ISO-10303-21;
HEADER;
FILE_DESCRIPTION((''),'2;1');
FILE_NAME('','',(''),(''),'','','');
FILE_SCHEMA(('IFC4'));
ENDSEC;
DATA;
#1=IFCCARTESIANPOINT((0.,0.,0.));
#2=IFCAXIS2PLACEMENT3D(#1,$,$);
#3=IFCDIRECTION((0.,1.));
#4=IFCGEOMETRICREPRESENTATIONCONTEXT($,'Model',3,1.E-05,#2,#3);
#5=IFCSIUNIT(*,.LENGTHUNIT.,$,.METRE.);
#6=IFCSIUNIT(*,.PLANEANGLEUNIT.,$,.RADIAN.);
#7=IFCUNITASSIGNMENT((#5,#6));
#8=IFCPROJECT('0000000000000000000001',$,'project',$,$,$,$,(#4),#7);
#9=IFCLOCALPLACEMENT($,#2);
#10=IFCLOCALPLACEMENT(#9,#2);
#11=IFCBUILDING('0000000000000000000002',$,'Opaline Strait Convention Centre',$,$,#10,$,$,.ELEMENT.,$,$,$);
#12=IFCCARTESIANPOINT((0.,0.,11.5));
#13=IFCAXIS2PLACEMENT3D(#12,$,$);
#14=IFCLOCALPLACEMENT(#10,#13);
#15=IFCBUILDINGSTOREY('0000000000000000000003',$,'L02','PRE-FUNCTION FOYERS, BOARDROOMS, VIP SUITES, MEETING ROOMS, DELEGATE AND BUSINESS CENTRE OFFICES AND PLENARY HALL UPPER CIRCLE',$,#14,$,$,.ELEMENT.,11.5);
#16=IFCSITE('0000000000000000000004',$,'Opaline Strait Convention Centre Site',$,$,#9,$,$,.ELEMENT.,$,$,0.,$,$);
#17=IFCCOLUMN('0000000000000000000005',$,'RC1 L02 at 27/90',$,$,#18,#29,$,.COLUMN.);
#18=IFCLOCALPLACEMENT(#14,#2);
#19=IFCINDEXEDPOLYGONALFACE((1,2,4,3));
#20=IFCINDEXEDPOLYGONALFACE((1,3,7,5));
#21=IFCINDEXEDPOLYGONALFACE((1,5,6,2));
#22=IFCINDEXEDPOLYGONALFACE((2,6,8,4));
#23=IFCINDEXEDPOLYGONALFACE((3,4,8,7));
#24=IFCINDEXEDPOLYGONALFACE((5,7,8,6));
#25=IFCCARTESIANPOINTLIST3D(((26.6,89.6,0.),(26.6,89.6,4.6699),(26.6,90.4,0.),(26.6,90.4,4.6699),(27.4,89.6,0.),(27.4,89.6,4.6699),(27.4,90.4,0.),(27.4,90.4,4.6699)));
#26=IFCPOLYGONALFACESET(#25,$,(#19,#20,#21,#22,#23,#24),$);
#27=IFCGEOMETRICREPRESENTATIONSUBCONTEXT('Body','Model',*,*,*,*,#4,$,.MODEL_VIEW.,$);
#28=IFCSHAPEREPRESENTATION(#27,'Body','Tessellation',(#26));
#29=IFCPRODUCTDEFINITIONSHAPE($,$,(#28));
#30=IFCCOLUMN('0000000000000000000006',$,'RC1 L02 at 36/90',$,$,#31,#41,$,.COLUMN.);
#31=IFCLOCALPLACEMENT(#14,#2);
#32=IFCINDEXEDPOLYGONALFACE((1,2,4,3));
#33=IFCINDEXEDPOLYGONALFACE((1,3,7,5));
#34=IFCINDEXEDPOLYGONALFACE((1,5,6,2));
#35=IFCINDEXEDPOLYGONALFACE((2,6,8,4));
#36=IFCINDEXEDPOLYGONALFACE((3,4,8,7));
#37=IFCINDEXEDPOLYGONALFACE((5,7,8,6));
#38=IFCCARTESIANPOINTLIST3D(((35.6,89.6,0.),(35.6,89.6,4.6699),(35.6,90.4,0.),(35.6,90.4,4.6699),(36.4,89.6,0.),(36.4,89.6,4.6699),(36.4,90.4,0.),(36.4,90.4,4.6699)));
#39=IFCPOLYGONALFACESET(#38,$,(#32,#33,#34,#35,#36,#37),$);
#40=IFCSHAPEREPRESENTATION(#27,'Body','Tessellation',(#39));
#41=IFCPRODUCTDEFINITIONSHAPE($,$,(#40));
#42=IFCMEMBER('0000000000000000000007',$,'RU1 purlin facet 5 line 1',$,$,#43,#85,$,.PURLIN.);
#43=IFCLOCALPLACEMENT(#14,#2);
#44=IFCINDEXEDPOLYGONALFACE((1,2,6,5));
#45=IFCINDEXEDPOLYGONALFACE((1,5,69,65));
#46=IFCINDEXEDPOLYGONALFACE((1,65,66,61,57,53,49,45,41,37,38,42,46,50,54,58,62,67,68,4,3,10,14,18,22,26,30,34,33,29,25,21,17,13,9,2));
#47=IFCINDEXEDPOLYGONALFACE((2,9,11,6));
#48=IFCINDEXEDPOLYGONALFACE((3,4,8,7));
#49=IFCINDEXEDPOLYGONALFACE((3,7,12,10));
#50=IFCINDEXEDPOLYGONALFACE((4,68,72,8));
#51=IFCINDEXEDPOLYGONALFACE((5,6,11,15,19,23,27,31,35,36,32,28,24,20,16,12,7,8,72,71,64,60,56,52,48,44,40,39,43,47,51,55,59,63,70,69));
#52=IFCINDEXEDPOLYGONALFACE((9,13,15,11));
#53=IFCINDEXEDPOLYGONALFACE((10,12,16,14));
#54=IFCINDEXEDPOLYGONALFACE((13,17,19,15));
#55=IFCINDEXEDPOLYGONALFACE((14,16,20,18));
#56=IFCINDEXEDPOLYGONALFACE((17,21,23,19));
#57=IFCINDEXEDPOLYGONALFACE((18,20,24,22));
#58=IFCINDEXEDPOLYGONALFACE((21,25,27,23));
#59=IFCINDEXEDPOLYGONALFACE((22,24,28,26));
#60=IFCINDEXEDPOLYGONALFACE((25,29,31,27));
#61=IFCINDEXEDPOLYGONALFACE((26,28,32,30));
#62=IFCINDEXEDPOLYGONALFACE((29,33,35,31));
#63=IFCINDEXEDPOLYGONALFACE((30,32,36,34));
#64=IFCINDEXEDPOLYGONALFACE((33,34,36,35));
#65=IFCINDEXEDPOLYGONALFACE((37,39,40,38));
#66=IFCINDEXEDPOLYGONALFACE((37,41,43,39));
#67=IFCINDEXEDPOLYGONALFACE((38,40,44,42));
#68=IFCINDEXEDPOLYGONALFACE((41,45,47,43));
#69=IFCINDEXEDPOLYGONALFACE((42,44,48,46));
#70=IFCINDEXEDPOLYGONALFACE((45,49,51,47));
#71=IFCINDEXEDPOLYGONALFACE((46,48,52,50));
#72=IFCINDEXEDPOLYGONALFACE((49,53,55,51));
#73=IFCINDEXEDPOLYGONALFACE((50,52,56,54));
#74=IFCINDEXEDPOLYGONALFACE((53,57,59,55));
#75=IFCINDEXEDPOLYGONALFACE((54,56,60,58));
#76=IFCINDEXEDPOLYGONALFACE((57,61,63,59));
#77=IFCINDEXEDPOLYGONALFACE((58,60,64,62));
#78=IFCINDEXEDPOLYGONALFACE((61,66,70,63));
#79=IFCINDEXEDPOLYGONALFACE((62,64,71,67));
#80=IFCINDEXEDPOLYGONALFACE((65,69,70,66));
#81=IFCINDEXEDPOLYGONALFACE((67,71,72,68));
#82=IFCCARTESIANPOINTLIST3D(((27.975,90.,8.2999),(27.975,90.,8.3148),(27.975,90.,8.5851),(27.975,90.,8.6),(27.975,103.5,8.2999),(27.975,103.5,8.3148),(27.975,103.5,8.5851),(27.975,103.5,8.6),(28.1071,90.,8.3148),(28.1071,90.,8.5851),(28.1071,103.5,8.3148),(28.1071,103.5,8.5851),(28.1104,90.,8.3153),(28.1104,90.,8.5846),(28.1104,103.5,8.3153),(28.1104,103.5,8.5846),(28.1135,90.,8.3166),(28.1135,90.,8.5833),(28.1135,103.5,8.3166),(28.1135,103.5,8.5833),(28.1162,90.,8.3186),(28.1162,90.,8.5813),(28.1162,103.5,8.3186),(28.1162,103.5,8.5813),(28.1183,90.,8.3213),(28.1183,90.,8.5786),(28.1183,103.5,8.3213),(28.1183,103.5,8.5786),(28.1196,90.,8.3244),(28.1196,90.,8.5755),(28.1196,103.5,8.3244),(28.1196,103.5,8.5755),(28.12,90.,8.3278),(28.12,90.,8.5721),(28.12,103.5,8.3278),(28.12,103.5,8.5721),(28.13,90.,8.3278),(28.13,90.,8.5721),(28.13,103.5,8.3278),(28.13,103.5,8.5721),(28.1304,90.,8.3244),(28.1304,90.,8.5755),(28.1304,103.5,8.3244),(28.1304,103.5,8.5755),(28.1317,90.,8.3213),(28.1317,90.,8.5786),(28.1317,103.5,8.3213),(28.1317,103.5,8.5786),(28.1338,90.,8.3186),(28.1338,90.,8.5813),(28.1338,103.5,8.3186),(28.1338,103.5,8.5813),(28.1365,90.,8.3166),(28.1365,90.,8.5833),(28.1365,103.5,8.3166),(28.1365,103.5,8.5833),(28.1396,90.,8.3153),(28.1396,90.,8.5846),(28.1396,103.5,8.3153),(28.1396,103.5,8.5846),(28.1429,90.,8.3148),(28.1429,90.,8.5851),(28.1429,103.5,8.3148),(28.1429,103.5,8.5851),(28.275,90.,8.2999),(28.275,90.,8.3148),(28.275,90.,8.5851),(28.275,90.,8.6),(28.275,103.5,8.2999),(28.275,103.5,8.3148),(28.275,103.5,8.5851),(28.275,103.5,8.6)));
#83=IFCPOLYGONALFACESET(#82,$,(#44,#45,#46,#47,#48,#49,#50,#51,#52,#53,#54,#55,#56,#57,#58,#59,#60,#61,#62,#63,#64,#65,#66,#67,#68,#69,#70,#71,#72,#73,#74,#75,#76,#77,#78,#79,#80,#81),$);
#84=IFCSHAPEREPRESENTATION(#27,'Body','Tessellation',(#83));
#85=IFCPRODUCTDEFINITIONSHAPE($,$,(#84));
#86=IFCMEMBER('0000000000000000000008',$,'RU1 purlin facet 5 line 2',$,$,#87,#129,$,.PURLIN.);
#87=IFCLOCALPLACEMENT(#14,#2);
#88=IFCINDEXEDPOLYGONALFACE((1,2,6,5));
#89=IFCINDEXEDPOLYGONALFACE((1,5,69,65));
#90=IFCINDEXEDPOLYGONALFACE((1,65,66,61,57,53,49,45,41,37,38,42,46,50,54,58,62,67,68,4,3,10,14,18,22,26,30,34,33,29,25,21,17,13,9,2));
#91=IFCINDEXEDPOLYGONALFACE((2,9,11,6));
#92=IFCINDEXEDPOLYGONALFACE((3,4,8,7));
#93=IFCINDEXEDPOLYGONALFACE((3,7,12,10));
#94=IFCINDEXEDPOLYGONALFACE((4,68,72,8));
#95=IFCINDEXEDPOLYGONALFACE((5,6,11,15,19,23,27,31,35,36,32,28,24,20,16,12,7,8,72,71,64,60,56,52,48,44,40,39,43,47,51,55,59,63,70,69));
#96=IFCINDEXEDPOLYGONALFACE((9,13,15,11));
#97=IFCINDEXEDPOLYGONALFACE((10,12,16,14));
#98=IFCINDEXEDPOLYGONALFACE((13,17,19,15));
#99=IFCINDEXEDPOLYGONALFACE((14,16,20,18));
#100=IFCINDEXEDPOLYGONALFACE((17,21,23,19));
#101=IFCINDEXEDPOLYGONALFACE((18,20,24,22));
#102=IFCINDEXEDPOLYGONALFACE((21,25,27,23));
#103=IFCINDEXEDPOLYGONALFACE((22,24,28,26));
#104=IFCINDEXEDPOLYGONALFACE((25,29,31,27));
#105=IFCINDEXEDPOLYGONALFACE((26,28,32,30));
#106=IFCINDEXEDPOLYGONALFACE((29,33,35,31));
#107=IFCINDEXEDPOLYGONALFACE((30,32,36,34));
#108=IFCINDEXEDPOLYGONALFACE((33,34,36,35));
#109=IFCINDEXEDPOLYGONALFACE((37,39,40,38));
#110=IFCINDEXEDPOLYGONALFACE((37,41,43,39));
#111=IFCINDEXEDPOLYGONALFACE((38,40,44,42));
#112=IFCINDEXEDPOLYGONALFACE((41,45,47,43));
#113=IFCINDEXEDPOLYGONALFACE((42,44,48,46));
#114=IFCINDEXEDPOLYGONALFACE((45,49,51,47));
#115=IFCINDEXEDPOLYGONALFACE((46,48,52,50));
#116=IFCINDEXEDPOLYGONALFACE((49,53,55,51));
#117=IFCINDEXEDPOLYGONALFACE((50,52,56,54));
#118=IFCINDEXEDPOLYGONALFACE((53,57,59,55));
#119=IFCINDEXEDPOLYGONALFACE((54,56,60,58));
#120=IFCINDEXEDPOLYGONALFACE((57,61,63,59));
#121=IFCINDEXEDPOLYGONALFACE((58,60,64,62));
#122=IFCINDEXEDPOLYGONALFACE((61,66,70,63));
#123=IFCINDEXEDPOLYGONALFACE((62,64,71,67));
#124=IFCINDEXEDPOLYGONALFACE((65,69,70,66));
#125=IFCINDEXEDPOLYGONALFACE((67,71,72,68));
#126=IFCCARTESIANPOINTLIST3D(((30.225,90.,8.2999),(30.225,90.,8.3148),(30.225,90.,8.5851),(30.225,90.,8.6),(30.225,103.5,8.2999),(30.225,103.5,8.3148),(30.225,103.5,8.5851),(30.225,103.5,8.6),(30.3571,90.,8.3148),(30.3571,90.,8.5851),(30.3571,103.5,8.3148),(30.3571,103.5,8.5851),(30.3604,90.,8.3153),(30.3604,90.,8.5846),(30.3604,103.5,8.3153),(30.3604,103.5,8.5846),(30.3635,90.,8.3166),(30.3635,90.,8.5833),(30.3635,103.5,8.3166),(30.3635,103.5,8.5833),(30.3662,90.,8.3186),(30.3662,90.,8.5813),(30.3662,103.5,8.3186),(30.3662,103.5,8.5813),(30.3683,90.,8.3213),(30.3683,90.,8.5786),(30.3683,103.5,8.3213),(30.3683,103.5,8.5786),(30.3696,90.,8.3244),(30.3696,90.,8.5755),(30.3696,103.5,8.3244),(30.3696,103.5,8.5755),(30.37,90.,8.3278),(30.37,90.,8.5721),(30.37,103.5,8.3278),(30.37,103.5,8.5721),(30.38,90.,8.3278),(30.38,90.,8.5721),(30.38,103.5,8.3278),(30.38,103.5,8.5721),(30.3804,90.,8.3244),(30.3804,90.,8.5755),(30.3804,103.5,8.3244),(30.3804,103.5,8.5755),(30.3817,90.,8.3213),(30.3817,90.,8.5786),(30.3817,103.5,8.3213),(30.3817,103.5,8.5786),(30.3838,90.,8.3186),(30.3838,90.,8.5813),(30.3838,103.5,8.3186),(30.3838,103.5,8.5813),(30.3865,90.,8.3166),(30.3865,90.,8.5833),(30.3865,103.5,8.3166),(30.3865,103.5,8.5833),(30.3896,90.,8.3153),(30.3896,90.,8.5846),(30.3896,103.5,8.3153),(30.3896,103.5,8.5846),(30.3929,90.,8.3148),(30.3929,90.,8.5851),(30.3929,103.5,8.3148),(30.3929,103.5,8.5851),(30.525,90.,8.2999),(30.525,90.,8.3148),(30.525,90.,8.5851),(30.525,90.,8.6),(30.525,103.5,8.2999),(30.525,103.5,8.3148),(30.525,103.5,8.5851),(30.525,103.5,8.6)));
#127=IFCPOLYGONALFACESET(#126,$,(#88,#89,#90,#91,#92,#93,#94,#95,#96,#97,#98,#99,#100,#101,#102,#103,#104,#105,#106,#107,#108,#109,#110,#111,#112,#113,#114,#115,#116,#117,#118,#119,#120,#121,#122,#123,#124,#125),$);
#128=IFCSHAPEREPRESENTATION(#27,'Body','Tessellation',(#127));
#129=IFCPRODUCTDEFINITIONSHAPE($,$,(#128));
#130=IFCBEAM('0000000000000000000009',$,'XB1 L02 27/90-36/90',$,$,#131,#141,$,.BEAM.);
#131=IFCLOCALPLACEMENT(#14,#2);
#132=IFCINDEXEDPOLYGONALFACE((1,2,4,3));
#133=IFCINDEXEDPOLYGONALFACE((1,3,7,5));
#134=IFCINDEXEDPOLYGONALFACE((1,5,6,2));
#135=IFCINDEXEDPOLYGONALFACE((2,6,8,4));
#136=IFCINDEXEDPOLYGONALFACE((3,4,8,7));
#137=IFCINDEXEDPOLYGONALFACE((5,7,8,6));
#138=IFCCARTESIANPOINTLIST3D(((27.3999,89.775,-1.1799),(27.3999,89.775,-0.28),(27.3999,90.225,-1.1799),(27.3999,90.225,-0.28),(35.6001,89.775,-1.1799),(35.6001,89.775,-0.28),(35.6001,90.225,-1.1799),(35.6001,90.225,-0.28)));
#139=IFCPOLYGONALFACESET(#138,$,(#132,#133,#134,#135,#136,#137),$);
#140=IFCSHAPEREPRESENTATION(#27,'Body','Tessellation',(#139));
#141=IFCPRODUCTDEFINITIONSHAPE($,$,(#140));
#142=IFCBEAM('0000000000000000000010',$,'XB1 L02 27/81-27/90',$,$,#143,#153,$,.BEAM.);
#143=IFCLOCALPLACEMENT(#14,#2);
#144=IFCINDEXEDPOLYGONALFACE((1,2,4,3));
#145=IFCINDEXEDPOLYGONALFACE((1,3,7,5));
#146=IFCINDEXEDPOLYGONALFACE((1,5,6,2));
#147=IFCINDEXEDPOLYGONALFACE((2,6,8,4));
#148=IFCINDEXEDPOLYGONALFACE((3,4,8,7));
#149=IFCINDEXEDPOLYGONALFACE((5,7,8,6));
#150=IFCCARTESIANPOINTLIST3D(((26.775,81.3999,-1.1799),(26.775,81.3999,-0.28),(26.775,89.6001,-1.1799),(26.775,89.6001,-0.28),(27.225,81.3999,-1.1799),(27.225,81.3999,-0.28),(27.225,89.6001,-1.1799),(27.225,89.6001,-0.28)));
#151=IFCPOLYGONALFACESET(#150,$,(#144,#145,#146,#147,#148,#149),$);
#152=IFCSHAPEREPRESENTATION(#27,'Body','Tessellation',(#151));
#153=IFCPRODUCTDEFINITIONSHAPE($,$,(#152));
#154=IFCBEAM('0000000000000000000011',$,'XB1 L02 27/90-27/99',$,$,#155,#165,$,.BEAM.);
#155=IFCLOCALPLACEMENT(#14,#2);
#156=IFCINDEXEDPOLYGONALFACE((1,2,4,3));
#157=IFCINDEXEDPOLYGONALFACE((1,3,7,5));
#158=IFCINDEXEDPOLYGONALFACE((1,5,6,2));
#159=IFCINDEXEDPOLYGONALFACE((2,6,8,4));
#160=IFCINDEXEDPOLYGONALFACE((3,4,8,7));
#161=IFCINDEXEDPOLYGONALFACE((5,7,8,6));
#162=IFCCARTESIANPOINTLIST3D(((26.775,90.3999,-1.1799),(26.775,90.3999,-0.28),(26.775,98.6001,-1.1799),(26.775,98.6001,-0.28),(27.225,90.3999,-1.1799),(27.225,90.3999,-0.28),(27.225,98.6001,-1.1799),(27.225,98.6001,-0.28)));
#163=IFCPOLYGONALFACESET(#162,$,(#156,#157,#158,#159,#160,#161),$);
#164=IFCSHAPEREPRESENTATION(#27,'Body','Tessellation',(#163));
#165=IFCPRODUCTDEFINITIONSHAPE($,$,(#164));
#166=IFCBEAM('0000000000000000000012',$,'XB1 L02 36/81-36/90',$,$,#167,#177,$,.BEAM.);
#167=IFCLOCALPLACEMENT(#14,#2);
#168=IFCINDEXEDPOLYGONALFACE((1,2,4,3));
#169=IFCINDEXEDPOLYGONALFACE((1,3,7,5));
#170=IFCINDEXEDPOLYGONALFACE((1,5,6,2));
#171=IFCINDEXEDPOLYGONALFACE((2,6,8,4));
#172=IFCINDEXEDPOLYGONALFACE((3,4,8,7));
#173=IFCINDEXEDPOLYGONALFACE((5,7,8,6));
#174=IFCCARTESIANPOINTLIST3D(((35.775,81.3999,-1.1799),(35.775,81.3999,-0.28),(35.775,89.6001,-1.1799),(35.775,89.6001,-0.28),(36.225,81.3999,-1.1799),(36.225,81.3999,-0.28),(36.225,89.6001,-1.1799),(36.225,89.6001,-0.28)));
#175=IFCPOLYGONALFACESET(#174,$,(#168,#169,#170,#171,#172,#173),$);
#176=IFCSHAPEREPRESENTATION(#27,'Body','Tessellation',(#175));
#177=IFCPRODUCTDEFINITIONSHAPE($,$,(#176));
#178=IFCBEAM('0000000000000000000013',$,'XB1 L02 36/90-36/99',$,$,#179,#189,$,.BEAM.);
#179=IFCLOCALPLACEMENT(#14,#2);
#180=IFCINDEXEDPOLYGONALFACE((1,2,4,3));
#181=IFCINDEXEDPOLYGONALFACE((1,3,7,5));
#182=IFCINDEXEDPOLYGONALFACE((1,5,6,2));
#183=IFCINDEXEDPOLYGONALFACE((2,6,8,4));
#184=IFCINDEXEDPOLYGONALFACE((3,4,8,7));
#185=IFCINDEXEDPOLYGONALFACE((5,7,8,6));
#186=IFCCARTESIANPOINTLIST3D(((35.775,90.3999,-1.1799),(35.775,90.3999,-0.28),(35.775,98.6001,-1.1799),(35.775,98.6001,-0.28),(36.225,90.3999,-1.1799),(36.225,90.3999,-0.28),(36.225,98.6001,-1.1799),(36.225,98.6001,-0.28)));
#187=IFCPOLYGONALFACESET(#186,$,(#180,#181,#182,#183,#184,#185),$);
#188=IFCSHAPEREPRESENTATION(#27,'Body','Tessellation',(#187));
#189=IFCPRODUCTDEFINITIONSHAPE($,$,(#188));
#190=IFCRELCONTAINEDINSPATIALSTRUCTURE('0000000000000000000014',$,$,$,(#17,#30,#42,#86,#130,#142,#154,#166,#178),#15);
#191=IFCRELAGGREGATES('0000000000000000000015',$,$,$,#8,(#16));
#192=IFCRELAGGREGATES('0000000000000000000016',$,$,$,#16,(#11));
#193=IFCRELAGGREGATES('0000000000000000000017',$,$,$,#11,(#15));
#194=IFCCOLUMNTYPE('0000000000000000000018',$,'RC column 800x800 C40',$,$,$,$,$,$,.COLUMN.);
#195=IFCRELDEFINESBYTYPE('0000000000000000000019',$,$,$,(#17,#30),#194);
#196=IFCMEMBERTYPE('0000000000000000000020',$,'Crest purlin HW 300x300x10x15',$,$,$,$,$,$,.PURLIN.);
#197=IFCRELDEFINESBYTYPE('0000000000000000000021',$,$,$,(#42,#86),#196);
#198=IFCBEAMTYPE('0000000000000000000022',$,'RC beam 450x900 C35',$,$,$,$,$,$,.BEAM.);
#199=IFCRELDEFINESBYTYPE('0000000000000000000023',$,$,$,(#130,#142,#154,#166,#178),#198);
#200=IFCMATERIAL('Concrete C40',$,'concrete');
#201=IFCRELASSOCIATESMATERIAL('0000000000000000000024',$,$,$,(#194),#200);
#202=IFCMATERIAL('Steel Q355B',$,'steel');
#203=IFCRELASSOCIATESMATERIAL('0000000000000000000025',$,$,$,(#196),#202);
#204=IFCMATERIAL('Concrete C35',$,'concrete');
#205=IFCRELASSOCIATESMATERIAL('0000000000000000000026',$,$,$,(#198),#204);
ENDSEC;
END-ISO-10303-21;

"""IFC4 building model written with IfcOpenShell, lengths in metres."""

from ifc_helpers import new_model, si_unit, direction, frame, origin, origin_2d, place, context, subcontext, project, spatial, rectangle, i_section, extrude, material, material_profile, profile_set, type_object, element, save


model = new_model("IFC4")

# Units and contexts
model_context = context("Model", 3, precision=1e-05, world=origin(), true_north=direction((0.0, 1.0)))
body_context = subcontext(model_context, "Body", "Model", "MODEL_VIEW")
ifc_project = project(units=[si_unit("LENGTHUNIT", "METRE"), si_unit("PLANEANGLEUNIT", "RADIAN")], contexts=[model_context])

# Site, building, storey
site_placement = place(None, origin())
site = spatial("IfcSite", under=ifc_project, at=site_placement, Name="Opaline Strait Convention Centre Site", CompositionType="ELEMENT", RefElevation=0.0)
building_placement = place(site_placement, origin())
building = spatial("IfcBuilding", under=site, at=building_placement, Name="Opaline Strait Convention Centre", CompositionType="ELEMENT")
storey_placement = place(building_placement, frame((0.0, 0.0, 11.5)))
storey = spatial("IfcBuildingStorey", under=building, at=storey_placement, Name="L02", Description="PRE-FUNCTION FOYERS, BOARDROOMS, VIP SUITES, MEETING ROOMS, DELEGATE AND BUSINESS CENTRE OFFICES AND PLENARY HALL UPPER CIRCLE", CompositionType="ELEMENT", Elevation=11.5)

# Columns
ifc_material_1 = material(Name="Concrete C40", Category="concrete")
ifc_material_profile_1 = material_profile(ifc_material_1, rectangle(XDim=0.8, YDim=0.8, at=origin_2d()), Name="RC 800x800")
ifc_profile_set_1 = profile_set([ifc_material_profile_1], Name="Concrete C40")
column_type = type_object("IfcColumnType", Name="RC column 800x800 C40", PredefinedType="COLUMN", material=ifc_profile_set_1)
for number, where, z_axis, x_axis, name in (
    (1, (27.0, 90.0, 0.0), (0.0, 0.0, 1.0), (1.0, 0.0, 0.0), "RC1 L02 at 27/90"),
    (2, (36.0, 90.0, 0.0), (0.0, 0.0, 1.0), (1.0, 0.0, 0.0), "RC1 L02 at 36/90"),
):
    element("IfcColumn", number, at=place(storey_placement, frame(where, z_axis=z_axis, x_axis=x_axis)), inside=storey, type_object=column_type, Name=name, PredefinedType="COLUMN", context=body_context, shape_type="SweptSolid", body=[
        extrude(rectangle(XDim=0.8, YDim=0.8, at=origin_2d()), origin(), (0.0, 0.0, 1.0), 4.6699),
    ])

# Members
ifc_material_2 = material(Name="Steel Q355B", Category="steel")
ifc_material_profile_2 = material_profile(ifc_material_2, i_section(OverallWidth=0.3, OverallDepth=0.3, WebThickness=0.01, FlangeThickness=0.0149, FilletRadius=0.0129, at=origin_2d()), Name="HW 300x300x10x15")
ifc_profile_set_2 = profile_set([ifc_material_profile_2], Name="Steel Q355B")
member_type_1 = type_object("IfcMemberType", Name="Crest purlin HW 300x300x10x15", PredefinedType="PURLIN", material=ifc_profile_set_2)
for number, where, z_axis, x_axis, name in (
    (3, (28.125, 90.0, 8.45), (0.0, 1.0, 0.0), (-1.0, 0.0, 0.0), "RU1 purlin facet 5 line 1"),
    (4, (30.375, 90.0, 8.45), (0.0, 1.0, 0.0), (-1.0, 0.0, 0.0), "RU1 purlin facet 5 line 2"),
):
    element("IfcMember", number, at=place(storey_placement, frame(where, z_axis=z_axis, x_axis=x_axis)), inside=storey, type_object=member_type_1, Name=name, PredefinedType="PURLIN", context=body_context, shape_type="SweptSolid", body=[
        extrude(i_section(OverallWidth=0.3, OverallDepth=0.3, WebThickness=0.01, FlangeThickness=0.0149, FilletRadius=0.0129, at=origin_2d()), origin(), (0.0, 0.0, 1.0), 13.5),
    ])

# Beams
ifc_material_3 = material(Name="Concrete C35", Category="concrete")
ifc_material_profile_3 = material_profile(ifc_material_3, rectangle(XDim=0.45, YDim=0.8999, at=origin_2d()), Name="RC 450x900")
ifc_profile_set_3 = profile_set([ifc_material_profile_3], Name="Concrete C35")
beam_type = type_object("IfcBeamType", Name="RC beam 450x900 C35", PredefinedType="BEAM", material=ifc_profile_set_3)
for number, where, z_axis, x_axis, name in (
    (5, (27.3999, 90.0, -0.73), (1.0, 0.0, 0.0), (0.0, 1.0, 0.0), "XB1 L02 27/90-36/90"),
    (6, (27.0, 81.3999, -0.73), (0.0, 1.0, 0.0), (-1.0, 0.0, 0.0), "XB1 L02 27/81-27/90"),
    (7, (27.0, 90.3999, -0.73), (0.0, 1.0, 0.0), (-1.0, 0.0, 0.0), "XB1 L02 27/90-27/99"),
    (8, (36.0, 81.3999, -0.73), (0.0, 1.0, 0.0), (-1.0, 0.0, 0.0), "XB1 L02 36/81-36/90"),
    (9, (36.0, 90.3999, -0.73), (0.0, 1.0, 0.0), (-1.0, 0.0, 0.0), "XB1 L02 36/90-36/99"),
):
    element("IfcBeam", number, at=place(storey_placement, frame(where, z_axis=z_axis, x_axis=x_axis)), inside=storey, type_object=beam_type, Name=name, PredefinedType="BEAM", context=body_context, shape_type="SweptSolid", body=[
        extrude(rectangle(XDim=0.45, YDim=0.8999, at=origin_2d()), origin(), (0.0, 0.0, 1.0), 8.2002),
    ])

save(model, "model.ifc")
